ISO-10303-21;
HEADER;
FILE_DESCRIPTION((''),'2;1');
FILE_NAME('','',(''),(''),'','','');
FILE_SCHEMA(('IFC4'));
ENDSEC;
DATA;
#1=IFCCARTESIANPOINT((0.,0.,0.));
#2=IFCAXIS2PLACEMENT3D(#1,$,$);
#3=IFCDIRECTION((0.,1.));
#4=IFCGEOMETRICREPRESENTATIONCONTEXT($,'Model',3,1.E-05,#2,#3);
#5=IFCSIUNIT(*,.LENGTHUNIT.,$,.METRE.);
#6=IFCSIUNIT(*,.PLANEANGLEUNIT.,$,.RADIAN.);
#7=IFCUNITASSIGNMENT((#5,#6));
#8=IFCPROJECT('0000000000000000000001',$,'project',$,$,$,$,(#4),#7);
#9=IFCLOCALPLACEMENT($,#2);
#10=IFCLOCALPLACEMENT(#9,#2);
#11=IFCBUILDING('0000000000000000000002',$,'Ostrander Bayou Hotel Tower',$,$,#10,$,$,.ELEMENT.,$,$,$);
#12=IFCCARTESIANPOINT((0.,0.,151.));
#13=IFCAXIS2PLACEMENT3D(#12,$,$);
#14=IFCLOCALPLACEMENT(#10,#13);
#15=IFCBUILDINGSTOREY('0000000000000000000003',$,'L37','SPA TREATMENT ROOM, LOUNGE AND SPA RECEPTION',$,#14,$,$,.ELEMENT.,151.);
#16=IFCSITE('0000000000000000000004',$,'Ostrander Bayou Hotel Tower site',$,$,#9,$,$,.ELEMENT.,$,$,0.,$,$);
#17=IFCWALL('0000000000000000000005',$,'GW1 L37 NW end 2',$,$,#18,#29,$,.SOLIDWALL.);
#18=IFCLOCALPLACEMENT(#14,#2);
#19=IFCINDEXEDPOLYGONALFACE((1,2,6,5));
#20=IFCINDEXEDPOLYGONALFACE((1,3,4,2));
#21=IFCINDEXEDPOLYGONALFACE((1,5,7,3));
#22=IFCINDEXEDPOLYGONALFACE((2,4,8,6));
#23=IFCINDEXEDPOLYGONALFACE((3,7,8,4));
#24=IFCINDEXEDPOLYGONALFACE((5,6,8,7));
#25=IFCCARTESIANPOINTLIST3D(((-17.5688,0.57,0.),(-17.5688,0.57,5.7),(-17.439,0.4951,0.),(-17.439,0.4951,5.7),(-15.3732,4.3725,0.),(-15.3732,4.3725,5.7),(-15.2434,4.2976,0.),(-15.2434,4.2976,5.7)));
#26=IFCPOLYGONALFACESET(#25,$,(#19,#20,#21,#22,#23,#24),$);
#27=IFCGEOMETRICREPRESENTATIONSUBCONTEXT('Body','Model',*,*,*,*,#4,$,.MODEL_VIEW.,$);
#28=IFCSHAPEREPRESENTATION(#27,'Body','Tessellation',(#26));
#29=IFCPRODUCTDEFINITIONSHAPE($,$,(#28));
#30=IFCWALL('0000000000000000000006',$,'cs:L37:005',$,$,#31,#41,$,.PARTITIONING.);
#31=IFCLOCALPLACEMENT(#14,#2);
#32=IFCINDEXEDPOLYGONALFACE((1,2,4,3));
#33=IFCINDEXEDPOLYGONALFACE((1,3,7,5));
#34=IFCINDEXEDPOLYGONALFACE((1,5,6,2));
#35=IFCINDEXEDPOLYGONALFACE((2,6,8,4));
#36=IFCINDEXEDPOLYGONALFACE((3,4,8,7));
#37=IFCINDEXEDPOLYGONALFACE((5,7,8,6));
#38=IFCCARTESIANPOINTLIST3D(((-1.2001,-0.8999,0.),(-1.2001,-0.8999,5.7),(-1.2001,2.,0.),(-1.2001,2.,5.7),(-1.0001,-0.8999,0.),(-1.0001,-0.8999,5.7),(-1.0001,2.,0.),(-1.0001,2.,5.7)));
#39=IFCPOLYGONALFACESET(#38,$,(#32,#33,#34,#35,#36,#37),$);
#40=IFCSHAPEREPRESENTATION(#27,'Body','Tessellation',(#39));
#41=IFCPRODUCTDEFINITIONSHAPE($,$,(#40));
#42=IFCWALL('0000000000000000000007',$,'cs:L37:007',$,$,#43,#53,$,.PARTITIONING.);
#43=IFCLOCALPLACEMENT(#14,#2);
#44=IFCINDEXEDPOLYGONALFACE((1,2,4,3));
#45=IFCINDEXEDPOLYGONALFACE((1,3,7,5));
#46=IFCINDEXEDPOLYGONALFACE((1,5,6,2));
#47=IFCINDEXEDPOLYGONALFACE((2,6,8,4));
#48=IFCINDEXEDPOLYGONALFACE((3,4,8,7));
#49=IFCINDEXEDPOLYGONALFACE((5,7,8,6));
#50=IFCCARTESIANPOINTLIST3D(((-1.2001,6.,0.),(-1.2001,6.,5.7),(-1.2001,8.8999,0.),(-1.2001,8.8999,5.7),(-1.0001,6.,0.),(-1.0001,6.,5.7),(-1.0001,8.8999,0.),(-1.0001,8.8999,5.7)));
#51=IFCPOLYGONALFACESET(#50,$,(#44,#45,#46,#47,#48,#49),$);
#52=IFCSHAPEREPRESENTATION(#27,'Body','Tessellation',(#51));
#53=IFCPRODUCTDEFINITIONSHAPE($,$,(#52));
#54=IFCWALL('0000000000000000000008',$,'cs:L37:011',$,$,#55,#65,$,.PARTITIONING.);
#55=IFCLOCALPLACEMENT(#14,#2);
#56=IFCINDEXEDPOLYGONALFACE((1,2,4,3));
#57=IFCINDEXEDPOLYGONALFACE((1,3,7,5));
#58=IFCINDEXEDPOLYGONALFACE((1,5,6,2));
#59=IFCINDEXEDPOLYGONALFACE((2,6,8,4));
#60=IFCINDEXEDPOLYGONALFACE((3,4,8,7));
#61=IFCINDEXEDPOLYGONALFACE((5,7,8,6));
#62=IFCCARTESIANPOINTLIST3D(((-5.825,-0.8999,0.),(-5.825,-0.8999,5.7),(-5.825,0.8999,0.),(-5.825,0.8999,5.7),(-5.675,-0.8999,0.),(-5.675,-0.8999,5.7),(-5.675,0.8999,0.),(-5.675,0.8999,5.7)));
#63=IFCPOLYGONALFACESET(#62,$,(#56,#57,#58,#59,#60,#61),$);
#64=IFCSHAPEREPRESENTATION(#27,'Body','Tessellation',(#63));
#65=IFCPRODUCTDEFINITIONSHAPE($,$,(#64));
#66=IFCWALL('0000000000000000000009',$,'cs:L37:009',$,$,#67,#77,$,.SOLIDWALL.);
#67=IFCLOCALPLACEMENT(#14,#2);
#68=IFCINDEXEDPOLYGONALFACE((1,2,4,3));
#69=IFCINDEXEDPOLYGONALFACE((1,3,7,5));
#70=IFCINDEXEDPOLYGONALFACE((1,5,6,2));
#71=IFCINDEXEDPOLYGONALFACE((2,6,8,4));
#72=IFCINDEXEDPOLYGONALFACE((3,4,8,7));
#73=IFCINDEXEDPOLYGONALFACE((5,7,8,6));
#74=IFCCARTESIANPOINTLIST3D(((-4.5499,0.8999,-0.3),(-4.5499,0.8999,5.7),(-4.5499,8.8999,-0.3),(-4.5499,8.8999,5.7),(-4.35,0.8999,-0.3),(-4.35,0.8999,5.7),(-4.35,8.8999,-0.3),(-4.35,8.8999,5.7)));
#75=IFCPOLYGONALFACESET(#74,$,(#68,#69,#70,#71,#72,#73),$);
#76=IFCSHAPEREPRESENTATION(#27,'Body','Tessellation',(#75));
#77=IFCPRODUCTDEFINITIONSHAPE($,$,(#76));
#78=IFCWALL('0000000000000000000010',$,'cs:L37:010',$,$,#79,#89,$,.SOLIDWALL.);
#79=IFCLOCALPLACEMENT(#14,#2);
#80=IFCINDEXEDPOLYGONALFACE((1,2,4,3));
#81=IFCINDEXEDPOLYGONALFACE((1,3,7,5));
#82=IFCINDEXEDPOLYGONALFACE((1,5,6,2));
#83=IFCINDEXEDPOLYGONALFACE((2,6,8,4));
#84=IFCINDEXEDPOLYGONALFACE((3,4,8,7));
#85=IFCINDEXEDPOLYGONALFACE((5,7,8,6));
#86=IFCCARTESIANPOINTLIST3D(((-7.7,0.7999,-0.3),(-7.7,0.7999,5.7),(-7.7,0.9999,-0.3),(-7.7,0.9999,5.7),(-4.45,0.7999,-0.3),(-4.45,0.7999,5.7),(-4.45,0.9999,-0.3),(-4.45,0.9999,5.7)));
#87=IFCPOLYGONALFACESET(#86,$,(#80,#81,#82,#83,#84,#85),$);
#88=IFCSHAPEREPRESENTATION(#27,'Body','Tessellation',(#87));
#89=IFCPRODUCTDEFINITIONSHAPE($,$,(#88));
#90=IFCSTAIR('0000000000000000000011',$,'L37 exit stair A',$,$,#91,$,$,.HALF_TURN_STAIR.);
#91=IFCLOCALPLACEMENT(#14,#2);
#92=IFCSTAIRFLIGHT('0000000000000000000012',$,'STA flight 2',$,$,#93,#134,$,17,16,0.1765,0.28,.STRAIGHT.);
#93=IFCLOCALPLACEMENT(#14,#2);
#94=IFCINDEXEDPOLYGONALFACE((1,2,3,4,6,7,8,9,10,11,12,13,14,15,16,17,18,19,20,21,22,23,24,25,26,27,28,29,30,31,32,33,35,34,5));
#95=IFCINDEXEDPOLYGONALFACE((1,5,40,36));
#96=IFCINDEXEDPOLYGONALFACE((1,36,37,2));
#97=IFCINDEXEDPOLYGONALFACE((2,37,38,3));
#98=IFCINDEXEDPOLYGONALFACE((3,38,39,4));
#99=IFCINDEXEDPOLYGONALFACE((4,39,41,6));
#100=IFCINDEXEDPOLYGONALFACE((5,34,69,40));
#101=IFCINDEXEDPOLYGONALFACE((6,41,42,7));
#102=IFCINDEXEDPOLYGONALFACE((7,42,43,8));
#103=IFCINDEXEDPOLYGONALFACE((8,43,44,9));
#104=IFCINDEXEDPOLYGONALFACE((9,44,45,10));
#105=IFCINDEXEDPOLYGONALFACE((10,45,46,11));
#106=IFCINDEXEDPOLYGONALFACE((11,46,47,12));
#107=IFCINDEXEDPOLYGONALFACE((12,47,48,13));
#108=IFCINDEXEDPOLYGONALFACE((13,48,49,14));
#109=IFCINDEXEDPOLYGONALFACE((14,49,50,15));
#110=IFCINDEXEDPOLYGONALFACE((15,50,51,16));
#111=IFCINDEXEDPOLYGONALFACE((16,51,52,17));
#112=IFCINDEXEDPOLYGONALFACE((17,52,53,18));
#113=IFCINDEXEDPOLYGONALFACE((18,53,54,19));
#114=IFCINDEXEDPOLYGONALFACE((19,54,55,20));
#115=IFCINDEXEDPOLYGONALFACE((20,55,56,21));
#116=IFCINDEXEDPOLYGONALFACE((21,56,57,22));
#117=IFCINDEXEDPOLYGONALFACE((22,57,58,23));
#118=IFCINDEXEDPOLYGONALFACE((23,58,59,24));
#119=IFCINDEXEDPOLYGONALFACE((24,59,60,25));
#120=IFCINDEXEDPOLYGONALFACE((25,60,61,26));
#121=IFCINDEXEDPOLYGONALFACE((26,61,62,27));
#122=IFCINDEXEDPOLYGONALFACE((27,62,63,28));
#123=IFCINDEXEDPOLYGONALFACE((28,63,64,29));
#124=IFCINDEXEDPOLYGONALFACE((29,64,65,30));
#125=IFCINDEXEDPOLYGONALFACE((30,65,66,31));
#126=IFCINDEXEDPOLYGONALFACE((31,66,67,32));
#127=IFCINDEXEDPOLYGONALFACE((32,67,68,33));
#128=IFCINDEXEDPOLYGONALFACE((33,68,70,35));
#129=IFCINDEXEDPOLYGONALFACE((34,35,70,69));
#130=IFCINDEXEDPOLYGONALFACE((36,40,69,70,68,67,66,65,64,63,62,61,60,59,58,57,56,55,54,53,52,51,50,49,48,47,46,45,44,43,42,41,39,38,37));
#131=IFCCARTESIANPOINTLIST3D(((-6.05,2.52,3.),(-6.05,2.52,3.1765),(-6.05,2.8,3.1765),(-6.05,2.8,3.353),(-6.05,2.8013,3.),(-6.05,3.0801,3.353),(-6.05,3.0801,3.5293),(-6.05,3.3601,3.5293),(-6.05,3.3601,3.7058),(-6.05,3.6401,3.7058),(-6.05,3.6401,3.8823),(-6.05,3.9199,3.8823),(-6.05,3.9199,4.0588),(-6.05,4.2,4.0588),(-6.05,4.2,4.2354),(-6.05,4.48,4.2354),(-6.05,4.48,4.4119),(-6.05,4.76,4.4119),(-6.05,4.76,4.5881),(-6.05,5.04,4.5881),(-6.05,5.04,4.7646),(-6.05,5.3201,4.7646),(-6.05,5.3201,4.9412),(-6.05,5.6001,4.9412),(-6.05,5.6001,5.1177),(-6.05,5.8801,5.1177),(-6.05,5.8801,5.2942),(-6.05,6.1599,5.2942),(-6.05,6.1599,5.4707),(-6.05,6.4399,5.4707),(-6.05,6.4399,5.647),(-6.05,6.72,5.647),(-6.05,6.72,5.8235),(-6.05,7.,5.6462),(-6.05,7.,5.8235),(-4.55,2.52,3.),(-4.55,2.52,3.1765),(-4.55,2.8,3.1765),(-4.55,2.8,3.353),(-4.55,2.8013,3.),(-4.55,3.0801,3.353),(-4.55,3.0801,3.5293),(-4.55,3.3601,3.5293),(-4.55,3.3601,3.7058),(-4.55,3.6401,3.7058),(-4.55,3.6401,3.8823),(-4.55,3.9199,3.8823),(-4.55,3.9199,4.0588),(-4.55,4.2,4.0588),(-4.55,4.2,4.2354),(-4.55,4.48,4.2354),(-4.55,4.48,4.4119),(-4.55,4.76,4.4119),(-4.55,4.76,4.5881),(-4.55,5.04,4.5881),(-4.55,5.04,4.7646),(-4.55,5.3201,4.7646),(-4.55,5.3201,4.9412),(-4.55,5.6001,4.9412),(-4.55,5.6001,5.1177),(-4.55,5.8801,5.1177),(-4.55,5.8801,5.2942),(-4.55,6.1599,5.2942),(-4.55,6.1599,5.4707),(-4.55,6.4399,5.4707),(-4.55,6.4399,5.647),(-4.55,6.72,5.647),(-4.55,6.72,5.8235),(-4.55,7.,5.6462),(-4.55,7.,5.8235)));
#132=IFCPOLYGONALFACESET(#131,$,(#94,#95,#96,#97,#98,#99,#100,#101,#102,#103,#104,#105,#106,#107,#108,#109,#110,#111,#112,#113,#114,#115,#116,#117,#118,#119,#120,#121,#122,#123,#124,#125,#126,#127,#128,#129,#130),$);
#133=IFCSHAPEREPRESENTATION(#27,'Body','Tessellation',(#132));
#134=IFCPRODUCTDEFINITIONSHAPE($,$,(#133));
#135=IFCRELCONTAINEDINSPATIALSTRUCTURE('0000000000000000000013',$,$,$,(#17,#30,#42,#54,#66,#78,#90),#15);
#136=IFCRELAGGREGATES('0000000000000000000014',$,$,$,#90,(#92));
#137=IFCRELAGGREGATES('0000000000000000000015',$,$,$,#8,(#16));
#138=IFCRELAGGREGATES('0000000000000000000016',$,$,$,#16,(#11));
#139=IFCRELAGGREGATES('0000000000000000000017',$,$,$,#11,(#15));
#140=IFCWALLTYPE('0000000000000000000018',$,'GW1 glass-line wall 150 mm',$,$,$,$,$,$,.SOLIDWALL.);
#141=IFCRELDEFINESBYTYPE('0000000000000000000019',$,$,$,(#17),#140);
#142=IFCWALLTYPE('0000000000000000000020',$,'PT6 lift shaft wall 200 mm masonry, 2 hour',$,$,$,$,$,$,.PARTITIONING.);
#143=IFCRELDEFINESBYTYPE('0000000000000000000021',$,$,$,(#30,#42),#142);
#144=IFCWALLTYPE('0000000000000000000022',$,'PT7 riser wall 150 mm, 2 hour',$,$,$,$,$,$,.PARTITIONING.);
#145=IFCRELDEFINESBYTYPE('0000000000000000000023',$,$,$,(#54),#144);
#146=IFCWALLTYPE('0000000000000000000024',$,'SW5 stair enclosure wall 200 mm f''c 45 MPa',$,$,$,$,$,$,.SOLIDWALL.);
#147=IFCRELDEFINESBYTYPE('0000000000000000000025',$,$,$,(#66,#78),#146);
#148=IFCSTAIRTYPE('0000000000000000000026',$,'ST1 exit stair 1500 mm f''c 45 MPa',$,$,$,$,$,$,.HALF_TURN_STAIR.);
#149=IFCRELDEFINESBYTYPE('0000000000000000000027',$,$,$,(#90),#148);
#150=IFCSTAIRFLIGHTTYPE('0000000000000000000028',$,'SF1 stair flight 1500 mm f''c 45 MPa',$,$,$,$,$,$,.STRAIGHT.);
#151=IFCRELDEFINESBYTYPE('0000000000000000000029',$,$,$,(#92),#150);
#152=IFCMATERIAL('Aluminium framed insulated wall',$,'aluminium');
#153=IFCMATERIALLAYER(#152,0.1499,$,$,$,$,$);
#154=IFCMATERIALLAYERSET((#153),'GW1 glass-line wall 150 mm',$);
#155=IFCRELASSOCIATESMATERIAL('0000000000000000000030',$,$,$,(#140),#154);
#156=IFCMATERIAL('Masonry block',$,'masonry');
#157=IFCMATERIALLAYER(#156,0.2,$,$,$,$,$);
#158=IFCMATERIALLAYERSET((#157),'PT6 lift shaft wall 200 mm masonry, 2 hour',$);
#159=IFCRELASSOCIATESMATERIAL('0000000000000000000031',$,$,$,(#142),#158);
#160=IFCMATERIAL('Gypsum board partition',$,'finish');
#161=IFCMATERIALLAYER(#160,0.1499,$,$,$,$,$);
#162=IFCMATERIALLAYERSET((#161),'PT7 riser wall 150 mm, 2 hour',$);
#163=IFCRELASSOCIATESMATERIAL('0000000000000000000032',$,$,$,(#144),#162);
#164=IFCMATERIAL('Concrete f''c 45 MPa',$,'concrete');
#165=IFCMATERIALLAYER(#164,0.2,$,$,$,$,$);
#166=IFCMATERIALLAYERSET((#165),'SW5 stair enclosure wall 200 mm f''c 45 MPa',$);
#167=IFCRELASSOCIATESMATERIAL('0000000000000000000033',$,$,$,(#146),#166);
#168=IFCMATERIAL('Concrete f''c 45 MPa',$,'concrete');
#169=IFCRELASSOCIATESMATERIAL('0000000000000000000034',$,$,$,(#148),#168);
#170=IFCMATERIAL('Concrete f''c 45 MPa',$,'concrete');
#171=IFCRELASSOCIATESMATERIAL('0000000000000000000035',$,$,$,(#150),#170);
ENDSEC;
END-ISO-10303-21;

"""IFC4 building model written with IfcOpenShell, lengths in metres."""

from ifc_helpers import new_model, si_unit, direction, frame, frame_2d, origin, place, context, subcontext, project, spatial, polyline, rectangle, outline, extrude, material, layer, layer_set, type_object, element, aggregate, save


model = new_model("IFC4")

# Units and contexts
model_context = context("Model", 3, precision=1e-05, world=origin(), true_north=direction((0.0, 1.0)))
body_context = subcontext(model_context, "Body", "Model", "MODEL_VIEW")
ifc_project = project(units=[si_unit("LENGTHUNIT", "METRE"), si_unit("PLANEANGLEUNIT", "RADIAN")], contexts=[model_context])

# Site, building, storey
site_placement = place(None, origin())
site = spatial("IfcSite", under=ifc_project, at=site_placement, Name="Ostrander Bayou Hotel Tower site", CompositionType="ELEMENT", RefElevation=0.0)
building_placement = place(site_placement, origin())
building = spatial("IfcBuilding", under=site, at=building_placement, Name="Ostrander Bayou Hotel Tower", CompositionType="ELEMENT")
storey_placement = place(building_placement, frame((0.0, 0.0, 151.0)))
storey = spatial("IfcBuildingStorey", under=building, at=storey_placement, Name="L37", Description="SPA TREATMENT ROOM, LOUNGE AND SPA RECEPTION", CompositionType="ELEMENT", Elevation=151.0)

# Wall
ifc_material_1 = material(Name="Aluminium framed insulated wall", Category="aluminium")
ifc_layer_1 = layer(ifc_material_1, 0.1499)
ifc_layer_set_1 = layer_set([ifc_layer_1], Name="GW1 glass-line wall 150 mm")
wall_type_1 = type_object("IfcWallType", Name="GW1 glass-line wall 150 mm", PredefinedType="SOLIDWALL", material=ifc_layer_set_1)
wall_1_placement = place(storey_placement, frame((-15.3083, 4.335, 0.0), z_axis=(0.0, 0.0, 1.0), x_axis=(-0.500032, -0.866007, 0.0)))
element("IfcWall", 1, at=wall_1_placement, inside=storey, type_object=wall_type_1, Name="GW1 L37 NW end 2", PredefinedType="SOLIDWALL", context=body_context, shape_type="SweptSolid", body=[
    extrude(rectangle(XDim=4.3909, YDim=0.1499, at=frame_2d((2.1953, 0.0))), origin(), (0.0, 0.0, 1.0), 5.7),
])

# Shared definitions
ifc_material_2 = material(Name="Masonry block", Category="masonry")
ifc_layer_2 = layer(ifc_material_2, 0.2)
ifc_layer_set_2 = layer_set([ifc_layer_2], Name="PT6 lift shaft wall 200 mm masonry, 2 hour")
wall_type_2 = type_object("IfcWallType", Name="PT6 lift shaft wall 200 mm masonry, 2 hour", PredefinedType="PARTITIONING", material=ifc_layer_set_2)

# Walls
for number, where, z_axis, x_axis, name in (
    (2, (-1.1001, -0.8999, 0.0), (0.0, 0.0, 1.0), (0.0, 1.0, 0.0), "cs:L37:005"),
    (3, (-1.1001, 6.0, 0.0), (0.0, 0.0, 1.0), (0.0, 1.0, 0.0), "cs:L37:007"),
):
    element("IfcWall", number, at=place(storey_placement, frame(where, z_axis=z_axis, x_axis=x_axis)), inside=storey, type_object=wall_type_2, Name=name, PredefinedType="PARTITIONING", context=body_context, shape_type="SweptSolid", body=[
        extrude(rectangle(XDim=2.8999, YDim=0.2, at=frame_2d((1.45, 0.0))), origin(), (0.0, 0.0, 1.0), 5.7),
    ])
ifc_material_3 = material(Name="Gypsum board partition", Category="finish")
ifc_layer_3 = layer(ifc_material_3, 0.1499)
ifc_layer_set_3 = layer_set([ifc_layer_3], Name="PT7 riser wall 150 mm, 2 hour")
wall_type_3 = type_object("IfcWallType", Name="PT7 riser wall 150 mm, 2 hour", PredefinedType="PARTITIONING", material=ifc_layer_set_3)
wall_2_placement = place(storey_placement, frame((-5.75, -0.8999, 0.0), z_axis=(0.0, 0.0, 1.0), x_axis=(0.0, 1.0, 0.0)))
element("IfcWall", 4, at=wall_2_placement, inside=storey, type_object=wall_type_3, Name="cs:L37:011", PredefinedType="PARTITIONING", context=body_context, shape_type="SweptSolid", body=[
    extrude(rectangle(XDim=1.7998, YDim=0.1499, at=frame_2d((0.8999, 0.0))), origin(), (0.0, 0.0, 1.0), 5.7),
])
ifc_material_4 = material(Name="Concrete f'c 45 MPa", Category="concrete")
ifc_layer_4 = layer(ifc_material_4, 0.2)
ifc_layer_set_4 = layer_set([ifc_layer_4], Name="SW5 stair enclosure wall 200 mm f'c 45 MPa")
wall_type_4 = type_object("IfcWallType", Name="SW5 stair enclosure wall 200 mm f'c 45 MPa", PredefinedType="SOLIDWALL", material=ifc_layer_set_4)
wall_3_placement = place(storey_placement, frame((-4.45, 0.8999, -0.3), z_axis=(0.0, 0.0, 1.0), x_axis=(0.0, 1.0, 0.0)))
element("IfcWall", 5, at=wall_3_placement, inside=storey, type_object=wall_type_4, Name="cs:L37:009", PredefinedType="SOLIDWALL", context=body_context, shape_type="SweptSolid", body=[
    extrude(rectangle(XDim=8.0, YDim=0.2, at=frame_2d((4.0, 0.0))), origin(), (0.0, 0.0, 1.0), 6.0),
])
wall_4_placement = place(storey_placement, frame((-7.7, 0.8999, -0.3), z_axis=(0.0, 0.0, 1.0), x_axis=(1.0, 0.0, 0.0)))
element("IfcWall", 6, at=wall_4_placement, inside=storey, type_object=wall_type_4, Name="cs:L37:010", PredefinedType="SOLIDWALL", context=body_context, shape_type="SweptSolid", body=[
    extrude(rectangle(XDim=3.25, YDim=0.2, at=frame_2d((1.625, 0.0))), origin(), (0.0, 0.0, 1.0), 6.0),
])

# Stair, stair flight
ifc_material_5 = material(Name="Concrete f'c 45 MPa", Category="concrete")
stair_type = type_object("IfcStairType", Name="ST1 exit stair 1500 mm f'c 45 MPa", PredefinedType="HALF_TURN_STAIR", material=ifc_material_5)
stair_placement = place(storey_placement, origin())
stair = element("IfcStair", 7, at=stair_placement, inside=storey, type_object=stair_type, Name="L37 exit stair A", PredefinedType="HALF_TURN_STAIR")
ifc_material_6 = material(Name="Concrete f'c 45 MPa", Category="concrete")
stair_flight_type = type_object("IfcStairFlightType", Name="SF1 stair flight 1500 mm f'c 45 MPa", PredefinedType="STRAIGHT", material=ifc_material_6)
stair_flight_placement = place(storey_placement, frame((-5.3, 2.52, 3.0), z_axis=(0.0, 0.0, 1.0), x_axis=(0.0, 1.0, 0.0)))
stair_flight = element("IfcStairFlight", 8, at=stair_flight_placement, type_object=stair_flight_type, Name="STA flight 2", NumberOfRisers=17, NumberOfTreads=16, PredefinedType="STRAIGHT", RiserHeight=0.1765, TreadLength=0.28, context=body_context, shape_type="SweptSolid", body=[
    extrude(outline(polyline([(0.0, 0.0), (0.0, 0.1765), (0.28, 0.1765), (0.28, 0.353), (0.5601, 0.353), (0.5601, 0.5293), (0.8401, 0.5293), (0.8401, 0.7058), (1.1201, 0.7058), (1.1201, 0.8823), (1.3999, 0.8823), (1.3999, 1.0588), (1.6799, 1.0588), (1.6799, 1.2354), (1.96, 1.2354), (1.96, 1.4119), (2.24, 1.4119), (2.24, 1.5881), (2.52, 1.5881), (2.52, 1.7646), (2.8, 1.7646), (2.8, 1.9412), (3.0801, 1.9412), (3.0801, 2.1177), (3.3601, 2.1177), (3.3601, 2.2942), (3.6399, 2.2942), (3.6399, 2.4707), (3.9199, 2.4707), (3.9199, 2.647), (4.2, 2.647), (4.2, 2.8235), (4.48, 2.8235), (4.48, 3.0), (4.48, 2.6462), (0.2812, 0.0), (0.0, 0.0)])), frame((0.0, 0.75, 0.0), z_axis=(0.0, -1.0, 0.0), x_axis=(1.0, 0.0, 0.0)), (0.0, 0.0, 1.0), 1.5),
])
aggregate(stair, [stair_flight])

save(model, "model.ifc")
